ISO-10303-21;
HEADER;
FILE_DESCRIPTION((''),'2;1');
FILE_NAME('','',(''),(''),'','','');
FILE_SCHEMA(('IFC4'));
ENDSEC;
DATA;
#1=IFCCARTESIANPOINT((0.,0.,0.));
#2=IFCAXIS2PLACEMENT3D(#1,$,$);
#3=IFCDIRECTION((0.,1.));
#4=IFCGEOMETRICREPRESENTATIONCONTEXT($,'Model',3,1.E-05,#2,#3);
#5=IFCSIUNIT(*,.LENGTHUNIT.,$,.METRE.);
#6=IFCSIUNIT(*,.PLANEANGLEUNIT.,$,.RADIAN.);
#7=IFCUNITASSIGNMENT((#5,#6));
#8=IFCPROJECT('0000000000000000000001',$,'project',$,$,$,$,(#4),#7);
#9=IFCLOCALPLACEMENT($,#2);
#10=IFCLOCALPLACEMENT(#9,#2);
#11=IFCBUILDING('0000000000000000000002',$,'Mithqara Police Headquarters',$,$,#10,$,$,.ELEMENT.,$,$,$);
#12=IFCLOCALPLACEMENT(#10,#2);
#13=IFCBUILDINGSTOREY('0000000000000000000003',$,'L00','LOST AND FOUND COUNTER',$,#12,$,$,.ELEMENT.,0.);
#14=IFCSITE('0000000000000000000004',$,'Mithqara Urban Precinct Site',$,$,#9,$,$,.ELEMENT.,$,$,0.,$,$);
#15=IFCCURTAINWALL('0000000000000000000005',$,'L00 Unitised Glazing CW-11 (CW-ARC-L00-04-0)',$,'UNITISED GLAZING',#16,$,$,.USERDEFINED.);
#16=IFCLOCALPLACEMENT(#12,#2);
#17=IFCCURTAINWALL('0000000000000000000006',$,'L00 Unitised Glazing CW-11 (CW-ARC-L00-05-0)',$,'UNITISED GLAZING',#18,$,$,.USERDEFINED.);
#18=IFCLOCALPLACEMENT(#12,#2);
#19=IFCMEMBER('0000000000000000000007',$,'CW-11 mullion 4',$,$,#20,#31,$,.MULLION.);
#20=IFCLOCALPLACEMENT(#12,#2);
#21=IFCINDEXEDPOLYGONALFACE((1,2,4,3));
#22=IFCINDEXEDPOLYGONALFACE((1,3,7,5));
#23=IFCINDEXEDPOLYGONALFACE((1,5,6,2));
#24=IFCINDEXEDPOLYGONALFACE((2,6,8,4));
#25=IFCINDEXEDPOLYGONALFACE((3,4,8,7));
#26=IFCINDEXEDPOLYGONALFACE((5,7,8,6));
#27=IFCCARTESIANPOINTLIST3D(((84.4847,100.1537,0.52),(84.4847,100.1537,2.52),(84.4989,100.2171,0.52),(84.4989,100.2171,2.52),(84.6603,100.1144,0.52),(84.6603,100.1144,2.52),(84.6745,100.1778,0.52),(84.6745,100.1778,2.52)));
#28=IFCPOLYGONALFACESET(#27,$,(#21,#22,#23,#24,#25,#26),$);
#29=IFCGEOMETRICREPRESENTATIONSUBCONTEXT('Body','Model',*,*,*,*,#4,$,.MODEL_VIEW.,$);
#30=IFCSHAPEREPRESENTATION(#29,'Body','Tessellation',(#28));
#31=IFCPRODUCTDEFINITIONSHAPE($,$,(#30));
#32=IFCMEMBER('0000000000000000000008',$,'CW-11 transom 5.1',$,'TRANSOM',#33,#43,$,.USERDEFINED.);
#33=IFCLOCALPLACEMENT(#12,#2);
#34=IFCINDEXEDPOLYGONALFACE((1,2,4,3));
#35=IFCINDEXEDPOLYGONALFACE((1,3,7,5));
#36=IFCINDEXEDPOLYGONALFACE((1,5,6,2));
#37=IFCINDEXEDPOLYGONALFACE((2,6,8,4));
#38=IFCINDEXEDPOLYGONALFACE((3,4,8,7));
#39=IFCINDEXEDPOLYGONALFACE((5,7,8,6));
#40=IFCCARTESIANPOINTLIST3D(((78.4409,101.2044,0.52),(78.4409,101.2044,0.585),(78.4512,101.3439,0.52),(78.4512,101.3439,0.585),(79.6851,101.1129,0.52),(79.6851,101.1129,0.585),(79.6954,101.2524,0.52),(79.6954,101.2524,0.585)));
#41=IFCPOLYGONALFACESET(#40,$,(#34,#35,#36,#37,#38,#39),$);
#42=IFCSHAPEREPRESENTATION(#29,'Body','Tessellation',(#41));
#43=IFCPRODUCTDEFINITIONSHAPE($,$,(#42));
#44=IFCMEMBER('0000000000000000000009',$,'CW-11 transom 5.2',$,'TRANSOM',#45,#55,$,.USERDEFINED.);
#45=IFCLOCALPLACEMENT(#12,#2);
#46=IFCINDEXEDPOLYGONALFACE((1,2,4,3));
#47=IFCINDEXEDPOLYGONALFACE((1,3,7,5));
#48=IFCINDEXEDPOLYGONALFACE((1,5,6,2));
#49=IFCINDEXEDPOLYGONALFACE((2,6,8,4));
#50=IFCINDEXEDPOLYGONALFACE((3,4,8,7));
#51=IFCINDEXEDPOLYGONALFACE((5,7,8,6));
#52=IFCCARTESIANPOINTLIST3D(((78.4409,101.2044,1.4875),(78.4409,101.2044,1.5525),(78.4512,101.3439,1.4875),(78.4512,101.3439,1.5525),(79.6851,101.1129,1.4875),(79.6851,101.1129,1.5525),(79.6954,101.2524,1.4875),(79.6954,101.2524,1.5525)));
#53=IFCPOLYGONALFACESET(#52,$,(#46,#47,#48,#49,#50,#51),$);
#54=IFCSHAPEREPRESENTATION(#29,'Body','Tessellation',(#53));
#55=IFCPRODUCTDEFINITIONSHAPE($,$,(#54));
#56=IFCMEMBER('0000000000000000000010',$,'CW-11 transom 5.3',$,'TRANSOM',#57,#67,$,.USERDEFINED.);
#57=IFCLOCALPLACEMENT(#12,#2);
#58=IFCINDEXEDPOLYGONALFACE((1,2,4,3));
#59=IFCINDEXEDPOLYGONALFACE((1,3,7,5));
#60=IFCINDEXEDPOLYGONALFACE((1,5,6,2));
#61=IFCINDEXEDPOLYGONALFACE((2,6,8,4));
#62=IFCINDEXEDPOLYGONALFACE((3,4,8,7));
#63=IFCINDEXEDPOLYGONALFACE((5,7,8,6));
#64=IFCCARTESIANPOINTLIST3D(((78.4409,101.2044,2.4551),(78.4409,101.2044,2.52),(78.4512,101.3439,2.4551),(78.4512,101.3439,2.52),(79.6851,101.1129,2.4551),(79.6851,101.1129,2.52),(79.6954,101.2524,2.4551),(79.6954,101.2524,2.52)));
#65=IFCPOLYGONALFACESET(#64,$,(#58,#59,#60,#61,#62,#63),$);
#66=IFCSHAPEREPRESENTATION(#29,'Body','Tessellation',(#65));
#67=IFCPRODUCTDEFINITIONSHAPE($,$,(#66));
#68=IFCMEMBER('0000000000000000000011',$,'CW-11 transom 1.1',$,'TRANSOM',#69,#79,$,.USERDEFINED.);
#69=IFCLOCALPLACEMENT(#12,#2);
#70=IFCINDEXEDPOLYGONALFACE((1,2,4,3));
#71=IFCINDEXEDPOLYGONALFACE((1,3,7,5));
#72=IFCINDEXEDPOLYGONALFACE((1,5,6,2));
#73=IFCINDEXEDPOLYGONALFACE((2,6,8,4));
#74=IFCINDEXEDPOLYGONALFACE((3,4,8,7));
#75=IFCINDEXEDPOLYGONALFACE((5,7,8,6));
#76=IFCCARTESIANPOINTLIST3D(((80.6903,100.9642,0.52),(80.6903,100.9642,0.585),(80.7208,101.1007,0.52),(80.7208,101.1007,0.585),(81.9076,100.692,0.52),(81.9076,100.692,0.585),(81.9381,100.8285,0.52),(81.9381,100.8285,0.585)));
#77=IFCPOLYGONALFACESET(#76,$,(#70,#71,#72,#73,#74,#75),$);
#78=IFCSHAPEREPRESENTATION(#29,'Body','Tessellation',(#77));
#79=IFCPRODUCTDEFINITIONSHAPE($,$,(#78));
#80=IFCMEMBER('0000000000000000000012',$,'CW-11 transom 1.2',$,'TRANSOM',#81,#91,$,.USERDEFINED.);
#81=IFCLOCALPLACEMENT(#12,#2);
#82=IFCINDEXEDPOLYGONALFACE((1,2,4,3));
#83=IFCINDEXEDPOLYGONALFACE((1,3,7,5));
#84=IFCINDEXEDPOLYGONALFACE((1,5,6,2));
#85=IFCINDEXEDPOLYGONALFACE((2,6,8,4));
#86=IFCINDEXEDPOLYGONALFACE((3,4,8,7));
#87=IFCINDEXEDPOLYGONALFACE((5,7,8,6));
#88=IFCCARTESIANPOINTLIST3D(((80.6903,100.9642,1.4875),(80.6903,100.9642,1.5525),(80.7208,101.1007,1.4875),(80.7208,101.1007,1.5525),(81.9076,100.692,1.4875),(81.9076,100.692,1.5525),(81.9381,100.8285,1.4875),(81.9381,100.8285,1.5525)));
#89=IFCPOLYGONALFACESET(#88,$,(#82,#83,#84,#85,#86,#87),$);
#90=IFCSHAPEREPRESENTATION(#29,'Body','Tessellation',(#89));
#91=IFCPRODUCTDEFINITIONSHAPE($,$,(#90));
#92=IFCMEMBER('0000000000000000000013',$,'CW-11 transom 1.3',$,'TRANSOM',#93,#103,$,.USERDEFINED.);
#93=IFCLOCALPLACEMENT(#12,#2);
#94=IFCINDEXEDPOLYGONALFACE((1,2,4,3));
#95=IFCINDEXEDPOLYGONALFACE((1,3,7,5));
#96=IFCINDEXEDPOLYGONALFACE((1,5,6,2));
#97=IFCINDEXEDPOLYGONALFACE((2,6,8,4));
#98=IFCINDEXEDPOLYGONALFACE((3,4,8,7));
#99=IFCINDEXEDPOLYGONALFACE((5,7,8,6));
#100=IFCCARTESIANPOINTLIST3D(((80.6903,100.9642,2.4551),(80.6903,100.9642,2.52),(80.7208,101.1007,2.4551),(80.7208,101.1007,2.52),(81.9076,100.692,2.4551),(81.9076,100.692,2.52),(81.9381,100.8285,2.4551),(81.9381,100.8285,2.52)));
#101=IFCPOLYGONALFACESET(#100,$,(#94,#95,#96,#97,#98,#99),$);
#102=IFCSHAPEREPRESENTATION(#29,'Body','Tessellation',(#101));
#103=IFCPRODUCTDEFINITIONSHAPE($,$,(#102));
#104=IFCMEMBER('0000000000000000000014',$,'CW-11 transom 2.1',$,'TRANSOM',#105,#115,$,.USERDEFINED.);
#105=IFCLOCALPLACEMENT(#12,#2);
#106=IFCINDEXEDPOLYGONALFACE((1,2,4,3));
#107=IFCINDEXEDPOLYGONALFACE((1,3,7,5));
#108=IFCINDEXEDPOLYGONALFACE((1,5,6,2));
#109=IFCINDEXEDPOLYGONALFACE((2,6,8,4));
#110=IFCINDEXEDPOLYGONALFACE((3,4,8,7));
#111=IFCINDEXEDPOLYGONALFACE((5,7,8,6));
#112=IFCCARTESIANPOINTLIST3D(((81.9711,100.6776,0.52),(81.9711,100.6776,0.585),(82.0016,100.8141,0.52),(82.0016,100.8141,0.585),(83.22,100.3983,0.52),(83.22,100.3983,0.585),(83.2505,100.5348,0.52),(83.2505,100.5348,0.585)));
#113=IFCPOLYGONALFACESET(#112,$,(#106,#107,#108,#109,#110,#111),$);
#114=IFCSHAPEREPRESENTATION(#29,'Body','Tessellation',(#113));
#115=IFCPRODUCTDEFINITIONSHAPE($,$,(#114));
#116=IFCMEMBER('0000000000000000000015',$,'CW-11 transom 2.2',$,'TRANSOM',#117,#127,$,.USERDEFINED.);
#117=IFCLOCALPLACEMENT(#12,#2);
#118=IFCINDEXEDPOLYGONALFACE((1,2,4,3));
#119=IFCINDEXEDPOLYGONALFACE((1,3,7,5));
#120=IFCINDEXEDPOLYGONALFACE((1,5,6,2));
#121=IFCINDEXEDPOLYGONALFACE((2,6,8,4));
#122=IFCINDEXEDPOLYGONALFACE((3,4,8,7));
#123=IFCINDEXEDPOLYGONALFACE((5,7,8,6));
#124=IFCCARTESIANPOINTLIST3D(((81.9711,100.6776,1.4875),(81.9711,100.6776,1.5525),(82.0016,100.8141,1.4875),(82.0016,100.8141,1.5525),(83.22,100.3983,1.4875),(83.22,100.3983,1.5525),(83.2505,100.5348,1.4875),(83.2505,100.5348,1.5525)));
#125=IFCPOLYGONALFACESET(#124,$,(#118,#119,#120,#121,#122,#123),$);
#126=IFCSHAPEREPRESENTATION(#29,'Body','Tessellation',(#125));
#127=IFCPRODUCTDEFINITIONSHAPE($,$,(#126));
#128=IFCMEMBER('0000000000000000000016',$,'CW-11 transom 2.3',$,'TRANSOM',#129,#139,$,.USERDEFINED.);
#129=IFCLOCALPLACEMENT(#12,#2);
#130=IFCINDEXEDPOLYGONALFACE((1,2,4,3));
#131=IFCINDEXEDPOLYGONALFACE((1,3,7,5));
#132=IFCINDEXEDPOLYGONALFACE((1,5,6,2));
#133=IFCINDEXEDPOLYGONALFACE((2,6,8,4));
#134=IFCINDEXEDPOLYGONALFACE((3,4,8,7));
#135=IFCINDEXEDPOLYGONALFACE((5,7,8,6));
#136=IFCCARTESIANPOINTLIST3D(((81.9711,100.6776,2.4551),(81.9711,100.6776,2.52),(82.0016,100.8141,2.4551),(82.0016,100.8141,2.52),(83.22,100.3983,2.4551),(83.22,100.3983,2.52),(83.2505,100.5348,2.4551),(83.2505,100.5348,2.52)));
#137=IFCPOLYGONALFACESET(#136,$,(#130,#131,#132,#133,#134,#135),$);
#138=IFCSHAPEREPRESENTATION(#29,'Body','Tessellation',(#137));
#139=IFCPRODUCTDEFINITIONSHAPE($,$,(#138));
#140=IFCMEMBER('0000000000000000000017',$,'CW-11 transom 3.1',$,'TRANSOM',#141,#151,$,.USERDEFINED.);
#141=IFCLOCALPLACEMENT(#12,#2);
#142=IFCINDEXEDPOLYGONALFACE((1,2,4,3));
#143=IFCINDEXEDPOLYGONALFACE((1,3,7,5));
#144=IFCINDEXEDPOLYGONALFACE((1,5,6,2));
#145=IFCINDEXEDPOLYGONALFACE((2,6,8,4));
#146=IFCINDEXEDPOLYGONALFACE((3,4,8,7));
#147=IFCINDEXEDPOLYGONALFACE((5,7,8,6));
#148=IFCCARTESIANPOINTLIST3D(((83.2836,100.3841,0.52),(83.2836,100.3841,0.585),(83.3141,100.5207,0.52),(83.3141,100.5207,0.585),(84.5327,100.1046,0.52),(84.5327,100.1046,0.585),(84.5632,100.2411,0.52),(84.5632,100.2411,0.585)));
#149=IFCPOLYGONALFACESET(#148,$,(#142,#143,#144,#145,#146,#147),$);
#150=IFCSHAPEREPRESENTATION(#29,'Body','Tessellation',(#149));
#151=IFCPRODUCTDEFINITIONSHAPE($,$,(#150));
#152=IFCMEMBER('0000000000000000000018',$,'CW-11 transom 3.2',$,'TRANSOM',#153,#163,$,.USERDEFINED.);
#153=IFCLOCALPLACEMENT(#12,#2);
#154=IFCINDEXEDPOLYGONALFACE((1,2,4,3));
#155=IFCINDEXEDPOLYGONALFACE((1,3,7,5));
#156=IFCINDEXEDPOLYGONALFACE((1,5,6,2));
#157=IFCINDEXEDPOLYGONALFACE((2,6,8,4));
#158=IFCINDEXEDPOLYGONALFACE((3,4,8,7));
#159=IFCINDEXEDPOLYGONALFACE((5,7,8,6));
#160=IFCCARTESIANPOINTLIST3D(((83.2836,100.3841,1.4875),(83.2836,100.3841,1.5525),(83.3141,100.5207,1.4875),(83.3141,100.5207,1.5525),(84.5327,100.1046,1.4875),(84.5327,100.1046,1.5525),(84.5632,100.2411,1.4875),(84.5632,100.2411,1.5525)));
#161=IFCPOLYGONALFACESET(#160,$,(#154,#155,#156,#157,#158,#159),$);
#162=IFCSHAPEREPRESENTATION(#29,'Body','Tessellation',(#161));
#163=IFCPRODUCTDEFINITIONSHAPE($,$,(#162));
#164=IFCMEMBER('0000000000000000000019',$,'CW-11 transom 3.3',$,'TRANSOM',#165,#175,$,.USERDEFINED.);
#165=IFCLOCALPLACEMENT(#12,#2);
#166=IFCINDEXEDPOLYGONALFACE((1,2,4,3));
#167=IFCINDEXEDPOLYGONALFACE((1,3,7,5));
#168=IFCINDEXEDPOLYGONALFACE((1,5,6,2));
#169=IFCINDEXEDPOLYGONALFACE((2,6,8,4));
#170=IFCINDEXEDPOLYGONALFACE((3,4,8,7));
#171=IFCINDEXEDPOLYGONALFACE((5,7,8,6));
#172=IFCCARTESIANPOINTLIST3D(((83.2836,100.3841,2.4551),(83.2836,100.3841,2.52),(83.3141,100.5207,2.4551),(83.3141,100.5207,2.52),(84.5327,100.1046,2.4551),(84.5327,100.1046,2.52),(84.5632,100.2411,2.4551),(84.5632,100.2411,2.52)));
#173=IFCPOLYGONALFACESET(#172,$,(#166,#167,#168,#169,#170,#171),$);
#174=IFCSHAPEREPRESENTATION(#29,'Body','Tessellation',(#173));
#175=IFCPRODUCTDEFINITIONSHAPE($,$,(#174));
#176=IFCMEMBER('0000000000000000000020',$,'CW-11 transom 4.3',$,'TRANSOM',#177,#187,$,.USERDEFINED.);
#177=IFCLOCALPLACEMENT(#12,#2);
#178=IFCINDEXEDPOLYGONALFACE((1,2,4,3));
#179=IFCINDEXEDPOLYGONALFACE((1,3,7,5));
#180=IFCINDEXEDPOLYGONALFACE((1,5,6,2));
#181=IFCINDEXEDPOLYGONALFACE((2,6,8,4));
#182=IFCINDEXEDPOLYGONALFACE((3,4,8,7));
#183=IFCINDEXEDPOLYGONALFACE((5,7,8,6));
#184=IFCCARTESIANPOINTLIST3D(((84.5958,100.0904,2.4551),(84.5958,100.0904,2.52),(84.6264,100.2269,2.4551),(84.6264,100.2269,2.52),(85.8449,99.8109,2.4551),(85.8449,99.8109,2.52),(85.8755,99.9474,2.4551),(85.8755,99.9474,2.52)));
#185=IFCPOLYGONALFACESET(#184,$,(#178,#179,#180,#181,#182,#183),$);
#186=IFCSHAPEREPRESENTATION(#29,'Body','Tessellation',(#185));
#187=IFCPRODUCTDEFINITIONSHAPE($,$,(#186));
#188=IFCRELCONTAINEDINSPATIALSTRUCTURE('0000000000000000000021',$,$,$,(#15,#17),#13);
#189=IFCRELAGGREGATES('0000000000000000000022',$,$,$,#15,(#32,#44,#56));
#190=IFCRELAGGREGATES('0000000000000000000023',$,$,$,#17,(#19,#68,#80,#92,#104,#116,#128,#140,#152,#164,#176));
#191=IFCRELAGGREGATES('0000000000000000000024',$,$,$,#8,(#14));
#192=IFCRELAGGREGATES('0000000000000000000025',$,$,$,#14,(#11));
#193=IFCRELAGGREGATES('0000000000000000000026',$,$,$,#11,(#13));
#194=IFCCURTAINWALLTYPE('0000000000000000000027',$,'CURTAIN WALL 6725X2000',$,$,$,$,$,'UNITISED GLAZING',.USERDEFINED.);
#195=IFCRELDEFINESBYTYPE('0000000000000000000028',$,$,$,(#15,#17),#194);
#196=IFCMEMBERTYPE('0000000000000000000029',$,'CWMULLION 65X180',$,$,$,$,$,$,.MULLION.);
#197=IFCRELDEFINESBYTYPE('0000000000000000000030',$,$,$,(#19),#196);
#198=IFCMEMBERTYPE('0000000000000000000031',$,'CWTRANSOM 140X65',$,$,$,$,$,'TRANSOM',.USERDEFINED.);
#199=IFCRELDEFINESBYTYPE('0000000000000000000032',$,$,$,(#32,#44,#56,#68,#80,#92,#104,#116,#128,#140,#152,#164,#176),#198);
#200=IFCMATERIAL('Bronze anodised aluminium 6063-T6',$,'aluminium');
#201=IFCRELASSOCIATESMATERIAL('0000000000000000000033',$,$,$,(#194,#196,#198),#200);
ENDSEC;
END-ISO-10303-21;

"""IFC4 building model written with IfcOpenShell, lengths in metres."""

from ifc_helpers import new_model, si_unit, direction, frame, origin, origin_2d, place, context, subcontext, project, spatial, rectangle, extrude, material, material_profile, profile_set, type_object, element, aggregate, save


model = new_model("IFC4")

# Units and contexts
model_context = context("Model", 3, precision=1e-05, world=origin(), true_north=direction((0.0, 1.0)))
body_context = subcontext(model_context, "Body", "Model", "MODEL_VIEW")
ifc_project = project(units=[si_unit("LENGTHUNIT", "METRE"), si_unit("PLANEANGLEUNIT", "RADIAN")], contexts=[model_context])

# Site, building, storey
site_placement = place(None, origin())
site = spatial("IfcSite", under=ifc_project, at=site_placement, Name="Mithqara Urban Precinct Site", CompositionType="ELEMENT", RefElevation=0.0)
building_placement = place(site_placement, origin())
building = spatial("IfcBuilding", under=site, at=building_placement, Name="Mithqara Police Headquarters", CompositionType="ELEMENT")
storey_placement = place(building_placement, origin())
storey = spatial("IfcBuildingStorey", under=building, at=storey_placement, Name="L00", Description="LOST AND FOUND COUNTER", CompositionType="ELEMENT", Elevation=0.0)

# Curtain wall
ifc_material_1 = material(Name="Bronze anodised aluminium 6063-T6", Category="aluminium")
curtain_wall_type = type_object("IfcCurtainWallType", Name="CURTAIN WALL 6725X2000", ElementType="UNITISED GLAZING", PredefinedType="USERDEFINED", material=ifc_material_1)
curtain_wall_1_placement = place(storey_placement, origin())
curtain_wall_1 = element("IfcCurtainWall", 1, at=curtain_wall_1_placement, inside=storey, type_object=curtain_wall_type, Name="L00 Unitised Glazing CW-11 (CW-ARC-L00-04-0)", ObjectType="UNITISED GLAZING", PredefinedType="USERDEFINED")
ifc_material_profile_1 = material_profile(ifc_material_1, rectangle(XDim=0.0649, YDim=0.1799, at=origin_2d()), Name="CWM 65x180")
ifc_profile_set_1 = profile_set([ifc_material_profile_1], Name="Bronze anodised aluminium 6063-T6")
member_type_1 = type_object("IfcMemberType", Name="CWMULLION 65X180", PredefinedType="MULLION", material=ifc_profile_set_1)

# Curtain wall, member
curtain_wall_2_placement = place(storey_placement, origin())
curtain_wall_2 = element("IfcCurtainWall", 2, at=curtain_wall_2_placement, inside=storey, type_object=curtain_wall_type, Name="L00 Unitised Glazing CW-11 (CW-ARC-L00-05-0)", ObjectType="UNITISED GLAZING", PredefinedType="USERDEFINED")
member_1_placement = place(storey_placement, frame((84.5796, 100.1658, 0.52), z_axis=(0.0, 0.0, 1.0), x_axis=(0.218335, 0.975874, 0.0)))
member_1 = element("IfcMember", 3, at=member_1_placement, type_object=member_type_1, Name="CW-11 mullion 4", PredefinedType="MULLION", context=body_context, shape_type="SweptSolid", body=[
    extrude(rectangle(XDim=0.0649, YDim=0.1799, at=origin_2d()), origin(), (0.0, 0.0, 1.0), 2.0),
])

# Members
ifc_material_profile_2 = material_profile(ifc_material_1, rectangle(XDim=0.1399, YDim=0.0649, at=origin_2d()), Name="CWT 140x65")
ifc_profile_set_2 = profile_set([ifc_material_profile_2], Name="Bronze anodised aluminium 6063-T6")
member_type_2 = type_object("IfcMemberType", Name="CWTRANSOM 140X65", ElementType="TRANSOM", PredefinedType="USERDEFINED", material=ifc_profile_set_2)
member_2_placement = place(storey_placement, frame((78.446, 101.2742, 0.5525), z_axis=(0.997303, -0.073389, 0.0), x_axis=(0.073389, 0.997303, 0.0)))
member_2 = element("IfcMember", 4, at=member_2_placement, type_object=member_type_2, Name="CW-11 transom 5.1", ObjectType="TRANSOM", PredefinedType="USERDEFINED", context=body_context, shape_type="SweptSolid", body=[
    extrude(rectangle(XDim=0.1399, YDim=0.0649, at=origin_2d()), origin(), (0.0, 0.0, 1.0), 1.2476),
])
member_3_placement = place(storey_placement, frame((78.446, 101.2742, 1.52), z_axis=(0.997303, -0.073389, 0.0), x_axis=(0.073389, 0.997303, 0.0)))
member_3 = element("IfcMember", 5, at=member_3_placement, type_object=member_type_2, Name="CW-11 transom 5.2", ObjectType="TRANSOM", PredefinedType="USERDEFINED", context=body_context, shape_type="SweptSolid", body=[
    extrude(rectangle(XDim=0.1399, YDim=0.0649, at=origin_2d()), origin(), (0.0, 0.0, 1.0), 1.2476),
])
member_4_placement = place(storey_placement, frame((78.446, 101.2742, 2.4875), z_axis=(0.997303, -0.073389, 0.0), x_axis=(0.073389, 0.997303, 0.0)))
member_4 = element("IfcMember", 6, at=member_4_placement, type_object=member_type_2, Name="CW-11 transom 5.3", ObjectType="TRANSOM", PredefinedType="USERDEFINED", context=body_context, shape_type="SweptSolid", body=[
    extrude(rectangle(XDim=0.1399, YDim=0.0649, at=origin_2d()), origin(), (0.0, 0.0, 1.0), 1.2476),
])
member_5_placement = place(storey_placement, frame((80.7056, 101.0325, 0.5525), z_axis=(0.975896, -0.218236, 0.0), x_axis=(0.218236, 0.975896, 0.0)))
member_5 = element("IfcMember", 7, at=member_5_placement, type_object=member_type_2, Name="CW-11 transom 1.1", ObjectType="TRANSOM", PredefinedType="USERDEFINED", context=body_context, shape_type="SweptSolid", body=[
    extrude(rectangle(XDim=0.1399, YDim=0.0649, at=origin_2d()), origin(), (0.0, 0.0, 1.0), 1.2473),
])
member_6_placement = place(storey_placement, frame((80.7056, 101.0325, 1.52), z_axis=(0.975896, -0.218236, 0.0), x_axis=(0.218236, 0.975896, 0.0)))
member_6 = element("IfcMember", 8, at=member_6_placement, type_object=member_type_2, Name="CW-11 transom 1.2", ObjectType="TRANSOM", PredefinedType="USERDEFINED", context=body_context, shape_type="SweptSolid", body=[
    extrude(rectangle(XDim=0.1399, YDim=0.0649, at=origin_2d()), origin(), (0.0, 0.0, 1.0), 1.2473),
])
member_7_placement = place(storey_placement, frame((80.7056, 101.0325, 2.4875), z_axis=(0.975896, -0.218236, 0.0), x_axis=(0.218236, 0.975896, 0.0)))
member_7 = element("IfcMember", 9, at=member_7_placement, type_object=member_type_2, Name="CW-11 transom 1.3", ObjectType="TRANSOM", PredefinedType="USERDEFINED", context=body_context, shape_type="SweptSolid", body=[
    extrude(rectangle(XDim=0.1399, YDim=0.0649, at=origin_2d()), origin(), (0.0, 0.0, 1.0), 1.2473),
])
member_8_placement = place(storey_placement, frame((81.9863, 100.7458, 0.5525), z_axis=(0.975899, -0.218223, 0.0), x_axis=(0.218223, 0.975899, 0.0)))
member_8 = element("IfcMember", 10, at=member_8_placement, type_object=member_type_2, Name="CW-11 transom 2.1", ObjectType="TRANSOM", PredefinedType="USERDEFINED", context=body_context, shape_type="SweptSolid", body=[
    extrude(rectangle(XDim=0.1399, YDim=0.0649, at=origin_2d()), origin(), (0.0, 0.0, 1.0), 1.2798),
])
member_9_placement = place(storey_placement, frame((81.9863, 100.7458, 1.52), z_axis=(0.975899, -0.218223, 0.0), x_axis=(0.218223, 0.975899, 0.0)))
member_9 = element("IfcMember", 11, at=member_9_placement, type_object=member_type_2, Name="CW-11 transom 2.2", ObjectType="TRANSOM", PredefinedType="USERDEFINED", context=body_context, shape_type="SweptSolid", body=[
    extrude(rectangle(XDim=0.1399, YDim=0.0649, at=origin_2d()), origin(), (0.0, 0.0, 1.0), 1.2798),
])
member_10_placement = place(storey_placement, frame((81.9863, 100.7458, 2.4875), z_axis=(0.975899, -0.218223, 0.0), x_axis=(0.218223, 0.975899, 0.0)))
member_10 = element("IfcMember", 12, at=member_10_placement, type_object=member_type_2, Name="CW-11 transom 2.3", ObjectType="TRANSOM", PredefinedType="USERDEFINED", context=body_context, shape_type="SweptSolid", body=[
    extrude(rectangle(XDim=0.1399, YDim=0.0649, at=origin_2d()), origin(), (0.0, 0.0, 1.0), 1.2798),
])
member_11_placement = place(storey_placement, frame((83.2988, 100.4524, 0.5525), z_axis=(0.975858, -0.218405, 0.0), x_axis=(0.218405, 0.975858, 0.0)))
member_11 = element("IfcMember", 13, at=member_11_placement, type_object=member_type_2, Name="CW-11 transom 3.1", ObjectType="TRANSOM", PredefinedType="USERDEFINED", context=body_context, shape_type="SweptSolid", body=[
    extrude(rectangle(XDim=0.1399, YDim=0.0649, at=origin_2d()), origin(), (0.0, 0.0, 1.0), 1.28),
])
member_12_placement = place(storey_placement, frame((83.2988, 100.4524, 1.52), z_axis=(0.975858, -0.218405, 0.0), x_axis=(0.218405, 0.975858, 0.0)))
member_12 = element("IfcMember", 14, at=member_12_placement, type_object=member_type_2, Name="CW-11 transom 3.2", ObjectType="TRANSOM", PredefinedType="USERDEFINED", context=body_context, shape_type="SweptSolid", body=[
    extrude(rectangle(XDim=0.1399, YDim=0.0649, at=origin_2d()), origin(), (0.0, 0.0, 1.0), 1.28),
])
member_13_placement = place(storey_placement, frame((83.2988, 100.4524, 2.4875), z_axis=(0.975858, -0.218405, 0.0), x_axis=(0.218405, 0.975858, 0.0)))
member_13 = element("IfcMember", 15, at=member_13_placement, type_object=member_type_2, Name="CW-11 transom 3.3", ObjectType="TRANSOM", PredefinedType="USERDEFINED", context=body_context, shape_type="SweptSolid", body=[
    extrude(rectangle(XDim=0.1399, YDim=0.0649, at=origin_2d()), origin(), (0.0, 0.0, 1.0), 1.28),
])
member_14_placement = place(storey_placement, frame((84.6111, 100.1587, 2.4875), z_axis=(0.975858, -0.218405, 0.0), x_axis=(0.218405, 0.975858, 0.0)))
member_14 = element("IfcMember", 16, at=member_14_placement, type_object=member_type_2, Name="CW-11 transom 4.3", ObjectType="TRANSOM", PredefinedType="USERDEFINED", context=body_context, shape_type="SweptSolid", body=[
    extrude(rectangle(XDim=0.1399, YDim=0.0649, at=origin_2d()), origin(), (0.0, 0.0, 1.0), 1.28),
])

aggregate(curtain_wall_1, [member_2, member_3, member_4])
aggregate(curtain_wall_2, [member_1, member_5, member_6, member_7, member_8, member_9, member_10, member_11, member_12, member_13, member_14])

save(model, "model.ifc")
